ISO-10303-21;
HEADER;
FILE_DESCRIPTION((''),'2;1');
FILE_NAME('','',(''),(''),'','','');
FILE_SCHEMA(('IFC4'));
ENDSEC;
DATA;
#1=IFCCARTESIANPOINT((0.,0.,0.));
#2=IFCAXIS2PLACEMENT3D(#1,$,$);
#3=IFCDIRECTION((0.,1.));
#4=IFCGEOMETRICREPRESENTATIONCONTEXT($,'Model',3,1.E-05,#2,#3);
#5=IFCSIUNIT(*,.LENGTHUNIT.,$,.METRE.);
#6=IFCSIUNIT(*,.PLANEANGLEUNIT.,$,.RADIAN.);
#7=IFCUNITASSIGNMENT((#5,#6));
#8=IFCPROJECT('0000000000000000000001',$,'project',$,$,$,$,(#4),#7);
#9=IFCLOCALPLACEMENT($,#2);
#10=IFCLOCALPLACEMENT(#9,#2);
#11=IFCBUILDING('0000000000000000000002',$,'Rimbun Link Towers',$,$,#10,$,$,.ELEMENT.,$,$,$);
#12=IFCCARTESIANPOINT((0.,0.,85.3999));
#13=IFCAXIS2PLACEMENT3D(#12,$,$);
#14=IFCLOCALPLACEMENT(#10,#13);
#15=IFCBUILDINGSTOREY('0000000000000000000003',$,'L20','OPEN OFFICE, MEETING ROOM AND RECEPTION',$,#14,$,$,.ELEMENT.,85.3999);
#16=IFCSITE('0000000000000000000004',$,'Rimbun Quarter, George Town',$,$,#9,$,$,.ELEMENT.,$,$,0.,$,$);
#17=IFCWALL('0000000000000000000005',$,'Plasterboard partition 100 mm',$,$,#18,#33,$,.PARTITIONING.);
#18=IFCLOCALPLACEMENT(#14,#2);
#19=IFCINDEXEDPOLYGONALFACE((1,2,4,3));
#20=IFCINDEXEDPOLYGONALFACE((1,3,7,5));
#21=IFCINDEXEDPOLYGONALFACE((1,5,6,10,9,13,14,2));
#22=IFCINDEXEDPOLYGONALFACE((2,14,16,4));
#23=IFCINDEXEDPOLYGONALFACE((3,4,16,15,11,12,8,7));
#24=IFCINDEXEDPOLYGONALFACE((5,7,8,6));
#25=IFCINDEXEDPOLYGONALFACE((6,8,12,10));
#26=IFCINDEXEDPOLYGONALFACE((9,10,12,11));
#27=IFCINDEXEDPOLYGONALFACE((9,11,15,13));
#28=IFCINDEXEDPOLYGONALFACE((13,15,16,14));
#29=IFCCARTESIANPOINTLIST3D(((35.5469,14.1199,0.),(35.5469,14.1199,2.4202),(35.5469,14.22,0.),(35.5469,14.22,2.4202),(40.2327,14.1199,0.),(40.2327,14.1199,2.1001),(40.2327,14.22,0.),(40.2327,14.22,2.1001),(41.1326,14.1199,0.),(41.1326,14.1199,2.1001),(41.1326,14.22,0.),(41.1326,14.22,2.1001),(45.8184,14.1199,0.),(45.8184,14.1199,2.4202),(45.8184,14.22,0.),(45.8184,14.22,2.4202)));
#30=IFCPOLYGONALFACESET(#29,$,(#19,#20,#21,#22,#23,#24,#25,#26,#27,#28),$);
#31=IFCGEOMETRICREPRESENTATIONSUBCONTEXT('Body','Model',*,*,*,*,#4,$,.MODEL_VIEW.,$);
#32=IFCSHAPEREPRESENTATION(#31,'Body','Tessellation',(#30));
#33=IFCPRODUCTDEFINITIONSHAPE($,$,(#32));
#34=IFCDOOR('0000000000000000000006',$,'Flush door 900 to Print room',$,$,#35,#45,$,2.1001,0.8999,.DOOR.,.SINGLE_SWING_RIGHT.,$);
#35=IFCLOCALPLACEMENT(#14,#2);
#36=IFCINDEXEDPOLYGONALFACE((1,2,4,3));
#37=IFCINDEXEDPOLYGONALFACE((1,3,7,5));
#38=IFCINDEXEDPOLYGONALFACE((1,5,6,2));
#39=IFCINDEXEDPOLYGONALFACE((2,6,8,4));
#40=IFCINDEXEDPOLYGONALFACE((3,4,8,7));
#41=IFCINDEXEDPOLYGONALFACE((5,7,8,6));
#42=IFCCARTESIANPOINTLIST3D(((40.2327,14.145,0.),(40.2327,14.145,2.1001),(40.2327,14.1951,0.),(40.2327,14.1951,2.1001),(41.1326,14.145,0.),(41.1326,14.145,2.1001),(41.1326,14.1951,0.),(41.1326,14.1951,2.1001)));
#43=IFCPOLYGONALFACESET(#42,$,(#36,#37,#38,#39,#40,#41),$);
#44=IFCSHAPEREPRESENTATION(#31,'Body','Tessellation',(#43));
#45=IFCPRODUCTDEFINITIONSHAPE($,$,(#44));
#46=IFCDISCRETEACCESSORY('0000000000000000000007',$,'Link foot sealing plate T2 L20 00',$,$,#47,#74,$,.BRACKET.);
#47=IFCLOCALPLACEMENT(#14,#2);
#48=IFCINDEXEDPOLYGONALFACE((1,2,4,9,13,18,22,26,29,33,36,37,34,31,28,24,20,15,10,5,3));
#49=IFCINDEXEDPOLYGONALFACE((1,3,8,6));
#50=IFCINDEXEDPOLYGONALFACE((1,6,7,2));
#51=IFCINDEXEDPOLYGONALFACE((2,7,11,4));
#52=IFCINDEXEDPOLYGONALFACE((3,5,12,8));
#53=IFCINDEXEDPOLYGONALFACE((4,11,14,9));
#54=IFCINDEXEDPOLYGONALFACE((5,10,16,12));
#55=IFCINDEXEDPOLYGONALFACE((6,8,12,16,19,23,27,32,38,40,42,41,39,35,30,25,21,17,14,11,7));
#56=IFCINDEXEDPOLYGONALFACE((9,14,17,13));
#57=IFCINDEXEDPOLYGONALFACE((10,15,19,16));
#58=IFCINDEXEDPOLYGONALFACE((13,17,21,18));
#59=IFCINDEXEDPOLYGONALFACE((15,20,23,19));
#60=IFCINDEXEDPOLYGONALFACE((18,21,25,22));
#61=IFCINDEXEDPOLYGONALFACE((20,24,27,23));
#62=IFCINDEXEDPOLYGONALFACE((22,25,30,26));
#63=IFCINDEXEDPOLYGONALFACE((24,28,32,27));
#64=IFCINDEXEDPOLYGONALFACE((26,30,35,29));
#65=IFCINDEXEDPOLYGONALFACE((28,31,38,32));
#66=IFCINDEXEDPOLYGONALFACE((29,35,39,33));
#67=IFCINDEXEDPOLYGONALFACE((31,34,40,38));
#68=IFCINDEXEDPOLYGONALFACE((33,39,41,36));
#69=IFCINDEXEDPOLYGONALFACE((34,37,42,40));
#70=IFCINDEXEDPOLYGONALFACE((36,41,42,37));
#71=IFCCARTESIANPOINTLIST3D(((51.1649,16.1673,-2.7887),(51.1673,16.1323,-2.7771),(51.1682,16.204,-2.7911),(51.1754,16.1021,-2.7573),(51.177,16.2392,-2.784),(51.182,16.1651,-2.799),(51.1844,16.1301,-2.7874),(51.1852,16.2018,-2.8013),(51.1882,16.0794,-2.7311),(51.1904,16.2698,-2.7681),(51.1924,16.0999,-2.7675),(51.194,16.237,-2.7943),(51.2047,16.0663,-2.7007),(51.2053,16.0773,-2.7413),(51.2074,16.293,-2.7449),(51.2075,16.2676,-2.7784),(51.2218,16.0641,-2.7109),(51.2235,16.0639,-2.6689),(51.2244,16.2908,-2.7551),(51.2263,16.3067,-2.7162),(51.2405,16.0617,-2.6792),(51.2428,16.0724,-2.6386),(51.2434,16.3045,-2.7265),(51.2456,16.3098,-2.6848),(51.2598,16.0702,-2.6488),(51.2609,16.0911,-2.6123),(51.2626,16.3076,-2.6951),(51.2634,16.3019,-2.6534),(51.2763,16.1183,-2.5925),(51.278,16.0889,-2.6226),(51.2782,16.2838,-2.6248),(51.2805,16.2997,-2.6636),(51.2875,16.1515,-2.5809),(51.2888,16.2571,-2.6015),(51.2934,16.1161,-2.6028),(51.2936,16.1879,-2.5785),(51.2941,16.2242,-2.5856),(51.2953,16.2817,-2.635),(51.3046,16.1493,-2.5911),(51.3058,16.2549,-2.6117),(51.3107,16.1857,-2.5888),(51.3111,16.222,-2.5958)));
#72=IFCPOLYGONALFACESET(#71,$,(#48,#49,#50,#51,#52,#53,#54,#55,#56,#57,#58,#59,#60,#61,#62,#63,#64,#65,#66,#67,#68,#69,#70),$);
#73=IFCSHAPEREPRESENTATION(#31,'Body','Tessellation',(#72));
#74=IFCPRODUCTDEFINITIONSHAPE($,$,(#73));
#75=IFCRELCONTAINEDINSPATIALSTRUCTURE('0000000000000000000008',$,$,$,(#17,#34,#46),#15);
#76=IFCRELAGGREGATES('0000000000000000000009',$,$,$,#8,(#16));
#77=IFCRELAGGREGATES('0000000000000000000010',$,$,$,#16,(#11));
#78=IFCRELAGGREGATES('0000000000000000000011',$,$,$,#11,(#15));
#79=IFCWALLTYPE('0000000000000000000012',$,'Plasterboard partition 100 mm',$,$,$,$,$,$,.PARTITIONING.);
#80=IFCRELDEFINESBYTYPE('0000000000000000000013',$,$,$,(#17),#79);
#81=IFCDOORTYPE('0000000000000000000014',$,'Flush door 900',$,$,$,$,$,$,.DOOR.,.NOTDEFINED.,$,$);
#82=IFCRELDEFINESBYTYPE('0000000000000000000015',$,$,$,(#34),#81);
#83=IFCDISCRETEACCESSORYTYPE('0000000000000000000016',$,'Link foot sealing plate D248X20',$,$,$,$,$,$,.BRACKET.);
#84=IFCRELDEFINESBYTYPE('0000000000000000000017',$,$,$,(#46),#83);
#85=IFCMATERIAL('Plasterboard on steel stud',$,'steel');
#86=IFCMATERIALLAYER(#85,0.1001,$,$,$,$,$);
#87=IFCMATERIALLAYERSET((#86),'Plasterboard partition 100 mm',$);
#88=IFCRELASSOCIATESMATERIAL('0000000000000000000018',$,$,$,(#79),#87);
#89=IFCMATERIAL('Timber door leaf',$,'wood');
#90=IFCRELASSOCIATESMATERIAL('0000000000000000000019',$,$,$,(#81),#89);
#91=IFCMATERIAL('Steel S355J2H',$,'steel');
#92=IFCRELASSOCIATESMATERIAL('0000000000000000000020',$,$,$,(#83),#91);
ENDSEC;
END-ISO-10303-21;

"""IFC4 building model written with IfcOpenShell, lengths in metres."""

from ifc_helpers import new_model, si_unit, direction, frame, frame_2d, origin, origin_2d, place, context, subcontext, project, spatial, rectangle, circle, extrude, material, layer, layer_set, material_profile, profile_set, type_object, element, fill, save


model = new_model("IFC4")

# Units and contexts
model_context = context("Model", 3, precision=1e-05, world=origin(), true_north=direction((0.0, 1.0)))
body_context = subcontext(model_context, "Body", "Model", "MODEL_VIEW")
ifc_project = project(units=[si_unit("LENGTHUNIT", "METRE"), si_unit("PLANEANGLEUNIT", "RADIAN")], contexts=[model_context])

# Site, building, storey
site_placement = place(None, origin())
site = spatial("IfcSite", under=ifc_project, at=site_placement, Name="Rimbun Quarter, George Town", CompositionType="ELEMENT", RefElevation=0.0)
building_placement = place(site_placement, origin())
building = spatial("IfcBuilding", under=site, at=building_placement, Name="Rimbun Link Towers", CompositionType="ELEMENT")
storey_placement = place(building_placement, frame((0.0, 0.0, 85.3999)))
storey = spatial("IfcBuildingStorey", under=building, at=storey_placement, Name="L20", Description="OPEN OFFICE, MEETING ROOM AND RECEPTION", CompositionType="ELEMENT", Elevation=85.3999)

# Shared definitions
ifc_material_1 = material(Name="Plasterboard on steel stud", Category="steel")
ifc_layer_1 = layer(ifc_material_1, 0.1001)
ifc_layer_set_1 = layer_set([ifc_layer_1], Name="Plasterboard partition 100 mm")
wall_type = type_object("IfcWallType", Name="Plasterboard partition 100 mm", PredefinedType="PARTITIONING", material=ifc_layer_set_1)

# Wall, opening, door
wall_1_placement = place(storey_placement, frame((45.8184, 14.1699, 0.0), z_axis=(0.0, 0.0, 1.0), x_axis=(-1.0, 0.0, 0.0)))
wall_1 = element("IfcWall", 1, at=wall_1_placement, inside=storey, type_object=wall_type, Name="Plasterboard partition 100 mm", PredefinedType="PARTITIONING", context=body_context, shape_type="SweptSolid", body=[
    extrude(rectangle(XDim=10.2715, YDim=0.1001, at=frame_2d((5.1357, 0.0))), origin(), (0.0, 0.0, 1.0), 2.4202),
])
opening_placement = place(wall_1_placement, frame((4.6858, 0.0, 0.0)))
opening = element("IfcOpeningElement", 2, at=opening_placement, cuts=wall_1, PredefinedType="OPENING", context=body_context, shape_type="SweptSolid", body=[
    extrude(rectangle(XDim=0.8999, YDim=2.1001, at=frame_2d((0.45, 1.05))), frame((0.0, 0.0601, 0.0), z_axis=(0.0, -1.0, 0.0), x_axis=(1.0, 0.0, 0.0)), (0.0, 0.0, 1.0), 0.1201),
])
ifc_material_2 = material(Name="Timber door leaf", Category="wood")
door_type = type_object("IfcDoorType", Name="Flush door 900", OperationType="NOTDEFINED", PredefinedType="DOOR", material=ifc_material_2)
door_placement = place(opening_placement, origin())
door = element("IfcDoor", 3, at=door_placement, inside=storey, type_object=door_type, Name="Flush door 900 to Print room", OperationType="SINGLE_SWING_RIGHT", OverallHeight=2.1001, OverallWidth=0.8999, PredefinedType="DOOR", context=body_context, shape_type="SweptSolid", body=[
    extrude(rectangle(XDim=0.8999, YDim=2.1001, at=frame_2d((0.45, 1.05))), frame((0.0, 0.0249, 0.0), z_axis=(0.0, -1.0, 0.0), x_axis=(1.0, 0.0, 0.0)), (0.0, 0.0, 1.0), 0.05),
])
fill(opening, door)

# Discrete accessory
ifc_material_3 = material(Name="Steel S355J2H", Category="steel")
ifc_material_profile_1 = material_profile(ifc_material_3, circle(Radius=0.124, at=origin_2d()), Name="PL D248")
ifc_profile_set_1 = profile_set([ifc_material_profile_1], Name="Steel S355J2H")
discrete_accessory_type = type_object("IfcDiscreteAccessoryType", Name="Link foot sealing plate D248X20", PredefinedType="BRACKET", material=ifc_profile_set_1)
discrete_accessory_placement = place(storey_placement, frame((51.2297, 16.1868, -2.6848), z_axis=(0.852329, -0.109585, -0.511397), x_axis=(0.127522, 0.991836, 0.0)))
element("IfcDiscreteAccessory", 4, at=discrete_accessory_placement, inside=storey, type_object=discrete_accessory_type, Name="Link foot sealing plate T2 L20 00", PredefinedType="BRACKET", context=body_context, shape_type="SweptSolid", body=[
    extrude(circle(Radius=0.124, at=origin_2d()), origin(), (0.0, 0.0, 1.0), 0.02),
])

save(model, "model.ifc")
